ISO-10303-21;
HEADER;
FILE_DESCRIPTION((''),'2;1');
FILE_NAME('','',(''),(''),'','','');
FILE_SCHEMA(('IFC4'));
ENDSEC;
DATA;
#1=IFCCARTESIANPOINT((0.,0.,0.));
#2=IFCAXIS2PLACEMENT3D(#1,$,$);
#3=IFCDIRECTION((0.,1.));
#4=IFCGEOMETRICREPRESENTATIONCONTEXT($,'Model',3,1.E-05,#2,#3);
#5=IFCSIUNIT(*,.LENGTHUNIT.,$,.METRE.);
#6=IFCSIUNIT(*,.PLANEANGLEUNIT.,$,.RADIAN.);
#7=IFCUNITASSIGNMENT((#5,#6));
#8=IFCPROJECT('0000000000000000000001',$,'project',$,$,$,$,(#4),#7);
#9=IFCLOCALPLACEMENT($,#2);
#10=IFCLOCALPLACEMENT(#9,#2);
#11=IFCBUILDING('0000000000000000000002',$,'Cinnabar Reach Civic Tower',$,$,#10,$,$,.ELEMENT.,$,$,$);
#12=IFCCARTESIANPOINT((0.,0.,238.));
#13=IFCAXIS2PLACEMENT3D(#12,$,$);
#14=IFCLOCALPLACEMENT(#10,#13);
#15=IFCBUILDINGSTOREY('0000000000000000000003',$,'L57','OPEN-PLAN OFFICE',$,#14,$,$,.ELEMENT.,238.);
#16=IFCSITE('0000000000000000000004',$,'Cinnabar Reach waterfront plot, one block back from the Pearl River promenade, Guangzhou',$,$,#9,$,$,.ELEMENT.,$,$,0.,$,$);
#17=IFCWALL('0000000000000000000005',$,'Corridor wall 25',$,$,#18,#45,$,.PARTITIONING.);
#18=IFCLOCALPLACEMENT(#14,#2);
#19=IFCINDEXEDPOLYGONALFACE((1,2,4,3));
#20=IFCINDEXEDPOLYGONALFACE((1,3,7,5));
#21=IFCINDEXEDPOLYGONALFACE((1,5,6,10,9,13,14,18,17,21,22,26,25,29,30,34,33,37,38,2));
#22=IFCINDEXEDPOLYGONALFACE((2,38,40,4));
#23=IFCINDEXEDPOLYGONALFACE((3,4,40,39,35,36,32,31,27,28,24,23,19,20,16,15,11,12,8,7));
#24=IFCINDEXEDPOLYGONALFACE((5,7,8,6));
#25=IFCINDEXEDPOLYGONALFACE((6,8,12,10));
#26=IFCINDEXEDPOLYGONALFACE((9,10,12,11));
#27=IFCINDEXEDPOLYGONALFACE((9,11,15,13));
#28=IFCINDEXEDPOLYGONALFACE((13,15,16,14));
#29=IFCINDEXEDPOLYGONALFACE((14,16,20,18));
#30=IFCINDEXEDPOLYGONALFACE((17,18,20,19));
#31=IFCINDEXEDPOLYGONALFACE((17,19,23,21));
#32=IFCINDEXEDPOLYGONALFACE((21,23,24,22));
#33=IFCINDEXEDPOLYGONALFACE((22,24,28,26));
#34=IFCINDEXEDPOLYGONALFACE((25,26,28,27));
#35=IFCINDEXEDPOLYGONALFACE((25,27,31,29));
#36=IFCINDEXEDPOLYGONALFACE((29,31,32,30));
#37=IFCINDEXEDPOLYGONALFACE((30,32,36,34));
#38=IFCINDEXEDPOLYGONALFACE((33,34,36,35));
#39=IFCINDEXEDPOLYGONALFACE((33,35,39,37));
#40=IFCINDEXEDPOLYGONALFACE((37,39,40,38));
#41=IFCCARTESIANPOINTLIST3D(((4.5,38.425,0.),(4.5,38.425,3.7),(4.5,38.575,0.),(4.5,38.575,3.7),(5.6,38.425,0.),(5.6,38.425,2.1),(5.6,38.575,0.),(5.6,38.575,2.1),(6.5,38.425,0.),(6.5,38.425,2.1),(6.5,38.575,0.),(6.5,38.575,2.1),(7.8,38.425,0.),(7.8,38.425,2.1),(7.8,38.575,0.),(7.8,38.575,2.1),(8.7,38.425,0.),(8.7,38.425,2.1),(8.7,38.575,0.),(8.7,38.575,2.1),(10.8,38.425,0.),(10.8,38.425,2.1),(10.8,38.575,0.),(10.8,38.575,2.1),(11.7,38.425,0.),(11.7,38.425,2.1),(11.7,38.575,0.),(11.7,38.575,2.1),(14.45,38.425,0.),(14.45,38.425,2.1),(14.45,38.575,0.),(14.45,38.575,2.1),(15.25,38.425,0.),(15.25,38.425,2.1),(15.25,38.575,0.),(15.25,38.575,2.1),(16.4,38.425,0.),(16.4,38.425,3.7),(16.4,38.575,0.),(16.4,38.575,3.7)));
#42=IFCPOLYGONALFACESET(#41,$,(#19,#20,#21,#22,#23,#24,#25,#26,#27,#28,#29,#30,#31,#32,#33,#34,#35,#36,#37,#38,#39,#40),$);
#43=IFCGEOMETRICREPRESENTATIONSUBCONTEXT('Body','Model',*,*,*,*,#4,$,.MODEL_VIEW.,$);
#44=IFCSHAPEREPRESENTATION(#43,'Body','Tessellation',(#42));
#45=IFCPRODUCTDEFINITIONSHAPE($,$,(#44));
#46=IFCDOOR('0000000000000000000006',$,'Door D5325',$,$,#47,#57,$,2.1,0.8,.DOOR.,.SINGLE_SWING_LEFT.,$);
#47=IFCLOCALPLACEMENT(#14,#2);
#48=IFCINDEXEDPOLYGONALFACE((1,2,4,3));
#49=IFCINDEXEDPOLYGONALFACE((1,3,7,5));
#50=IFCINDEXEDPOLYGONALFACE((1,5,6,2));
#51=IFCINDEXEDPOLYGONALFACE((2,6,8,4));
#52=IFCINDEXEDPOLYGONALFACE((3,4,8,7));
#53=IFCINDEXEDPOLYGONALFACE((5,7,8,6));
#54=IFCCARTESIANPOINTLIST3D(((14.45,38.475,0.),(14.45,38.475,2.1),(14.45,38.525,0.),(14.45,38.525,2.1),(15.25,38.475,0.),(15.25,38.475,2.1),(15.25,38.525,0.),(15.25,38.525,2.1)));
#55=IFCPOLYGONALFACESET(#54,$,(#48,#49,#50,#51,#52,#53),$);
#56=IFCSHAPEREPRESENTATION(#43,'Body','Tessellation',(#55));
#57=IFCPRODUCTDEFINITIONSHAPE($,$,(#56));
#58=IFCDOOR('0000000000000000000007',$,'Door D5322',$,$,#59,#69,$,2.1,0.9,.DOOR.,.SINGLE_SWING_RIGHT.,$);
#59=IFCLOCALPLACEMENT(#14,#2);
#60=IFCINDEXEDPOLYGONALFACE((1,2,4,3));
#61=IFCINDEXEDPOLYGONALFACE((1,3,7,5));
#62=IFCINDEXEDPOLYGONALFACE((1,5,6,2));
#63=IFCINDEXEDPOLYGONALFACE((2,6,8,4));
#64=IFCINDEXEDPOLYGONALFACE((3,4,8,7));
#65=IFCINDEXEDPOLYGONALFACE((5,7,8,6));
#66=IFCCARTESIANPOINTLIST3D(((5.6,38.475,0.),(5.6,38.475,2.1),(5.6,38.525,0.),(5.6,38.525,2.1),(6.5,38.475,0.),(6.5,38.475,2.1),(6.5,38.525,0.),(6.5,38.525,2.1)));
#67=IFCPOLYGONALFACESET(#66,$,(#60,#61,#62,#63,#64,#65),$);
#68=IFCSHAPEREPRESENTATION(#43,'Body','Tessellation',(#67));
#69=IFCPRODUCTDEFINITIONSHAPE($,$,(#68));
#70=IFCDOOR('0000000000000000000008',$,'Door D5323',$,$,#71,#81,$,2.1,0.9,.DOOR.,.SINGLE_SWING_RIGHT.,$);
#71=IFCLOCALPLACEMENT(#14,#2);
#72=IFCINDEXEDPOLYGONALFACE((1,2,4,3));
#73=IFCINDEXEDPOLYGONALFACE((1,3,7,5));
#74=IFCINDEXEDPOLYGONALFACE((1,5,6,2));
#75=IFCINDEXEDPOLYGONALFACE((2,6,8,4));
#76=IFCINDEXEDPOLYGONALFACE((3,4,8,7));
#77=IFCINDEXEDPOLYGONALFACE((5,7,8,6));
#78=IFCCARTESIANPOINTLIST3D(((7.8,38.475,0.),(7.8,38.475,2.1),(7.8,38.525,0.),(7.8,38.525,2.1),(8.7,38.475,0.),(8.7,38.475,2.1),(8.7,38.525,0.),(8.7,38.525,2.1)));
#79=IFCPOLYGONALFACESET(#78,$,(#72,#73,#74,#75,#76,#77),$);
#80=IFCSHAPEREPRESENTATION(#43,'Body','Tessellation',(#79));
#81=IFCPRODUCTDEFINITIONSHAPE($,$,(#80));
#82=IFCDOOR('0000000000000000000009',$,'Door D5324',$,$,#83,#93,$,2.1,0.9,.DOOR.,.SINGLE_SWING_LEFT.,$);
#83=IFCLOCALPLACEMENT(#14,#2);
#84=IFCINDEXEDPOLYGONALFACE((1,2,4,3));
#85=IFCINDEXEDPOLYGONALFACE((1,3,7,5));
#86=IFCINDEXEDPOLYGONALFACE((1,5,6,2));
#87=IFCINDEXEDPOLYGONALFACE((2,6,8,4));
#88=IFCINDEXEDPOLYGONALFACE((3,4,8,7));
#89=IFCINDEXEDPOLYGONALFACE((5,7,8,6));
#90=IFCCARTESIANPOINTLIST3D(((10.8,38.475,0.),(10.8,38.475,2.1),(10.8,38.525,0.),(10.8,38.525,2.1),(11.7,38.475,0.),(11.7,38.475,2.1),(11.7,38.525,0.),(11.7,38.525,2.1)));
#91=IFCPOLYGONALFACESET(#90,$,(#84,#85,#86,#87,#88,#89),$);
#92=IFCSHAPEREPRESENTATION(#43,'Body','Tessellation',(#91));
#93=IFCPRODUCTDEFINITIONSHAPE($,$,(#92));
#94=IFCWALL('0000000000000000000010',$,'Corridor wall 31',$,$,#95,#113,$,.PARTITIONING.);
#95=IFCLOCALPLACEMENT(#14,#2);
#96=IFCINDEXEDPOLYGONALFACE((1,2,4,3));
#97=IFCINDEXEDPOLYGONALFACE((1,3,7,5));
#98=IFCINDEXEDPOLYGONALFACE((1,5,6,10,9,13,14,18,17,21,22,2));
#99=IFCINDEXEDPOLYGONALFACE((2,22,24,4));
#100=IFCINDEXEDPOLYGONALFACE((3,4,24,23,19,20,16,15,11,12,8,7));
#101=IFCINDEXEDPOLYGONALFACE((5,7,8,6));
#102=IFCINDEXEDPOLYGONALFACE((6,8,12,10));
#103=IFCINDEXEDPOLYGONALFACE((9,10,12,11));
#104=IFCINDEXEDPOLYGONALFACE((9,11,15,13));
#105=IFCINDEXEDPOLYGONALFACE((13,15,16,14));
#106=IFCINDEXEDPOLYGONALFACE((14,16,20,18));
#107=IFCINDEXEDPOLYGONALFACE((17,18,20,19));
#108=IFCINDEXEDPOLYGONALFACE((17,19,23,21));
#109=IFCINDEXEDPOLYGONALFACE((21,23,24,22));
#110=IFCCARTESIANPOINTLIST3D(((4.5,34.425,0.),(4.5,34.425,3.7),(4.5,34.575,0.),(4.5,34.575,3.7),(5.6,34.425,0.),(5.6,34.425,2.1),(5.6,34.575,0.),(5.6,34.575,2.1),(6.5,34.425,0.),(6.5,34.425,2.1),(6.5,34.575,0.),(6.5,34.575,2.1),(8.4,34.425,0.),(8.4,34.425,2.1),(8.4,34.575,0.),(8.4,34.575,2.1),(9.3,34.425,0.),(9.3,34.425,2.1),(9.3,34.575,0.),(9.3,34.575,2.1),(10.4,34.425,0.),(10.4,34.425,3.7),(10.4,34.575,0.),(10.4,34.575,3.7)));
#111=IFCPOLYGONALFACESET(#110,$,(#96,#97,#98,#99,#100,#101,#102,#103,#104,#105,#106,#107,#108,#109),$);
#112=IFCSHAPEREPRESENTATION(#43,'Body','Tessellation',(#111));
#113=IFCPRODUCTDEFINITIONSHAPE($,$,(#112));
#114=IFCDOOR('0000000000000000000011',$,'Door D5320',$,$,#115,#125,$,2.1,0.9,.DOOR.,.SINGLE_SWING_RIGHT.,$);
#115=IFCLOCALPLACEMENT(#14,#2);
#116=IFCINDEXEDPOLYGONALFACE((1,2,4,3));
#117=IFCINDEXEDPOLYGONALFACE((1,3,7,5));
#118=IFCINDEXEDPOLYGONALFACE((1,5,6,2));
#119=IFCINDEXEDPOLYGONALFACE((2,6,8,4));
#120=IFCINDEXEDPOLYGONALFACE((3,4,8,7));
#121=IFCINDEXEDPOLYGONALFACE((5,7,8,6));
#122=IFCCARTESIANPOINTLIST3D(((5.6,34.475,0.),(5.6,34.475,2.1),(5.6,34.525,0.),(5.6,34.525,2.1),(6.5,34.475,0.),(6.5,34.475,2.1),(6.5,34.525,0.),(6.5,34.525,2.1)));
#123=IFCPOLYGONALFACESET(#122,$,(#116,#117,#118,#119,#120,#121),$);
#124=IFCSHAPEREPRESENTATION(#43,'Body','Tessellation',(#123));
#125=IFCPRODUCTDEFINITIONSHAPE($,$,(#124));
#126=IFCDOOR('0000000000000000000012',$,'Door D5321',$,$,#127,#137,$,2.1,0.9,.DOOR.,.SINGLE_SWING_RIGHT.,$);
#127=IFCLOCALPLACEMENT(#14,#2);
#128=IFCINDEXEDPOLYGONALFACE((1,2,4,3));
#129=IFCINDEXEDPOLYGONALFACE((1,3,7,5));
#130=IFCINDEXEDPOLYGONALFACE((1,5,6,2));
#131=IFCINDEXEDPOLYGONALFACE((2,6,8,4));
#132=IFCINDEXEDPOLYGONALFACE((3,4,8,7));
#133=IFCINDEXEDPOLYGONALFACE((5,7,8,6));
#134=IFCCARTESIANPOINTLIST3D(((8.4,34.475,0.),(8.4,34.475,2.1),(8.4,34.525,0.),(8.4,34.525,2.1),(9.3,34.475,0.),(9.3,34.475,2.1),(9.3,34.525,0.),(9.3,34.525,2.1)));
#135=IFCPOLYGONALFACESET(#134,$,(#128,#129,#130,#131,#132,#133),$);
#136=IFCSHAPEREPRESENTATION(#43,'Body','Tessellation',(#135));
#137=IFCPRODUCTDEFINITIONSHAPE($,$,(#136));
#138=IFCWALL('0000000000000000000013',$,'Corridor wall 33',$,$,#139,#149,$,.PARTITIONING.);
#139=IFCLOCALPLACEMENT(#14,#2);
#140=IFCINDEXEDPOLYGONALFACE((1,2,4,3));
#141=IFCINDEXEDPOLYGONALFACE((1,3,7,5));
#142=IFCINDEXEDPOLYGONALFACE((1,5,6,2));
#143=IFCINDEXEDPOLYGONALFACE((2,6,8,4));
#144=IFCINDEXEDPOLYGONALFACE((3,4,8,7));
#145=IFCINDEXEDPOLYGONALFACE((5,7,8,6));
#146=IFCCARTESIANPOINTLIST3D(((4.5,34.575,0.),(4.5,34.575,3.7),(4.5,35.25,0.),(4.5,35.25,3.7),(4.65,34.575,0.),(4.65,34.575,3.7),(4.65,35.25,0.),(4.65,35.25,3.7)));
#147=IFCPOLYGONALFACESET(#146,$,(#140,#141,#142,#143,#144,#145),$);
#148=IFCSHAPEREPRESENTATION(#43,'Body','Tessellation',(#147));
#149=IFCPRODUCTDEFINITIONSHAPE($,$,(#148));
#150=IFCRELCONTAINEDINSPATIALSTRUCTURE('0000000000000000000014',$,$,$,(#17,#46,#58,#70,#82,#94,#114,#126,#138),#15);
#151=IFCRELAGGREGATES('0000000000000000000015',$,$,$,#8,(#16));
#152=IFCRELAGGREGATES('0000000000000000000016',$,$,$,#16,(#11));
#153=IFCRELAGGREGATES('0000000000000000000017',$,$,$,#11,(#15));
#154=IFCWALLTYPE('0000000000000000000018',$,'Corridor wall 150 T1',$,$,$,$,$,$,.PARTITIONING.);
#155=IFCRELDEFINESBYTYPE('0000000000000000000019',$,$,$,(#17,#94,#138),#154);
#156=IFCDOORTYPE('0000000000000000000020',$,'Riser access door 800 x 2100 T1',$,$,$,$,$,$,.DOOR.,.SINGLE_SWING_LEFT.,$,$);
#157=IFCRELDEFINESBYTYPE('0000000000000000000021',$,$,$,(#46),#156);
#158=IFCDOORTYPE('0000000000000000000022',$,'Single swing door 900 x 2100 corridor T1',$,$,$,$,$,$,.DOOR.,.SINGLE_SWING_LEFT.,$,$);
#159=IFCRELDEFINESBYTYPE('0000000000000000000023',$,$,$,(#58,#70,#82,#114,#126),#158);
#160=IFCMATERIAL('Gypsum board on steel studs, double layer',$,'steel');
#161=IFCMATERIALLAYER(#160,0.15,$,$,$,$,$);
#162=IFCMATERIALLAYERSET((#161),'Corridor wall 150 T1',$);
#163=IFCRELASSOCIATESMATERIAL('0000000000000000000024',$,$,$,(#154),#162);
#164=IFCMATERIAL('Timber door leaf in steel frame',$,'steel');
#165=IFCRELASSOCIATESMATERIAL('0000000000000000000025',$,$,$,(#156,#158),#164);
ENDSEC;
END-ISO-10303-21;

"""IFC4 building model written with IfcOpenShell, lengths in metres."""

from ifc_helpers import new_model, si_unit, direction, frame, frame_2d, origin, place, context, subcontext, project, spatial, rectangle, extrude, material, layer, layer_set, type_object, element, fill, save


model = new_model("IFC4")

# Units and contexts
model_context = context("Model", 3, precision=1e-05, world=origin(), true_north=direction((0.0, 1.0)))
body_context = subcontext(model_context, "Body", "Model", "MODEL_VIEW")
ifc_project = project(units=[si_unit("LENGTHUNIT", "METRE"), si_unit("PLANEANGLEUNIT", "RADIAN")], contexts=[model_context])

# Site, building, storey
site_placement = place(None, origin())
site = spatial("IfcSite", under=ifc_project, at=site_placement, Name="Cinnabar Reach waterfront plot, one block back from the Pearl River promenade, Guangzhou", CompositionType="ELEMENT", RefElevation=0.0)
building_placement = place(site_placement, origin())
building = spatial("IfcBuilding", under=site, at=building_placement, Name="Cinnabar Reach Civic Tower", CompositionType="ELEMENT")
storey_placement = place(building_placement, frame((0.0, 0.0, 238.0)))
storey = spatial("IfcBuildingStorey", under=building, at=storey_placement, Name="L57", Description="OPEN-PLAN OFFICE", CompositionType="ELEMENT", Elevation=238.0)

# Shared definitions
ifc_material_1 = material(Name="Timber door leaf in steel frame", Category="steel")

# Walls, openings, doors
ifc_material_2 = material(Name="Gypsum board on steel studs, double layer", Category="steel")
ifc_layer_1 = layer(ifc_material_2, 0.15)
ifc_layer_set_1 = layer_set([ifc_layer_1], Name="Corridor wall 150 T1")
wall_type_1 = type_object("IfcWallType", Name="Corridor wall 150 T1", PredefinedType="PARTITIONING", material=ifc_layer_set_1)
wall_1_placement = place(storey_placement, frame((4.5, 38.5, 0.0), z_axis=(0.0, 0.0, 1.0), x_axis=(1.0, 0.0, 0.0)))
wall_1 = element("IfcWall", 1, at=wall_1_placement, inside=storey, type_object=wall_type_1, Name="Corridor wall 25", PredefinedType="PARTITIONING", context=body_context, shape_type="SweptSolid", body=[
    extrude(rectangle(XDim=11.9, YDim=0.15, at=frame_2d((5.95, 0.0))), origin(), (0.0, 0.0, 1.0), 3.7),
])
opening_1_placement = place(wall_1_placement, frame((1.1, 0.0, 0.0)))
opening_1 = element("IfcOpeningElement", 2, at=opening_1_placement, cuts=wall_1, PredefinedType="OPENING", context=body_context, shape_type="SweptSolid", body=[
    extrude(rectangle(XDim=0.9, YDim=2.1, at=frame_2d((0.45, 1.05))), frame((0.0, 0.085, 0.0), z_axis=(0.0, -1.0, 0.0), x_axis=(1.0, 0.0, 0.0)), (0.0, 0.0, 1.0), 0.17),
])
opening_2_placement = place(wall_1_placement, frame((3.3, 0.0, 0.0)))
opening_2 = element("IfcOpeningElement", 3, at=opening_2_placement, cuts=wall_1, PredefinedType="OPENING", context=body_context, shape_type="SweptSolid", body=[
    extrude(rectangle(XDim=0.9, YDim=2.1, at=frame_2d((0.45, 1.05))), frame((0.0, 0.085, 0.0), z_axis=(0.0, -1.0, 0.0), x_axis=(1.0, 0.0, 0.0)), (0.0, 0.0, 1.0), 0.17),
])
opening_3_placement = place(wall_1_placement, frame((6.3, 0.0, 0.0)))
opening_3 = element("IfcOpeningElement", 4, at=opening_3_placement, cuts=wall_1, PredefinedType="OPENING", context=body_context, shape_type="SweptSolid", body=[
    extrude(rectangle(XDim=0.9, YDim=2.1, at=frame_2d((0.45, 1.05))), frame((0.0, 0.085, 0.0), z_axis=(0.0, -1.0, 0.0), x_axis=(1.0, 0.0, 0.0)), (0.0, 0.0, 1.0), 0.17),
])
opening_4_placement = place(wall_1_placement, frame((9.95, 0.0, 0.0)))
opening_4 = element("IfcOpeningElement", 5, at=opening_4_placement, cuts=wall_1, PredefinedType="OPENING", context=body_context, shape_type="SweptSolid", body=[
    extrude(rectangle(XDim=0.8, YDim=2.1, at=frame_2d((0.4, 1.05))), frame((0.0, 0.085, 0.0), z_axis=(0.0, -1.0, 0.0), x_axis=(1.0, 0.0, 0.0)), (0.0, 0.0, 1.0), 0.17),
])
door_type_1 = type_object("IfcDoorType", Name="Riser access door 800 x 2100 T1", OperationType="SINGLE_SWING_LEFT", PredefinedType="DOOR", material=ifc_material_1)
door_1_placement = place(opening_4_placement, origin())
door_1 = element("IfcDoor", 6, at=door_1_placement, inside=storey, type_object=door_type_1, Name="Door D5325", OperationType="SINGLE_SWING_LEFT", OverallHeight=2.1, OverallWidth=0.8, PredefinedType="DOOR", context=body_context, shape_type="SweptSolid", body=[
    extrude(rectangle(XDim=0.8, YDim=2.1, at=frame_2d((0.4, 1.05))), frame((0.0, 0.025, 0.0), z_axis=(0.0, -1.0, 0.0), x_axis=(1.0, 0.0, 0.0)), (0.0, 0.0, 1.0), 0.05),
])
fill(opening_4, door_1)
door_type_2 = type_object("IfcDoorType", Name="Single swing door 900 x 2100 corridor T1", OperationType="SINGLE_SWING_LEFT", PredefinedType="DOOR", material=ifc_material_1)
door_2_placement = place(opening_1_placement, origin())
door_2 = element("IfcDoor", 7, at=door_2_placement, inside=storey, type_object=door_type_2, Name="Door D5322", OperationType="SINGLE_SWING_RIGHT", OverallHeight=2.1, OverallWidth=0.9, PredefinedType="DOOR", context=body_context, shape_type="SweptSolid", body=[
    extrude(rectangle(XDim=0.9, YDim=2.1, at=frame_2d((0.45, 1.05))), frame((0.0, 0.025, 0.0), z_axis=(0.0, -1.0, 0.0), x_axis=(1.0, 0.0, 0.0)), (0.0, 0.0, 1.0), 0.05),
])
fill(opening_1, door_2)
door_3_placement = place(opening_2_placement, origin())
door_3 = element("IfcDoor", 8, at=door_3_placement, inside=storey, type_object=door_type_2, Name="Door D5323", OperationType="SINGLE_SWING_RIGHT", OverallHeight=2.1, OverallWidth=0.9, PredefinedType="DOOR", context=body_context, shape_type="SweptSolid", body=[
    extrude(rectangle(XDim=0.9, YDim=2.1, at=frame_2d((0.45, 1.05))), frame((0.0, 0.025, 0.0), z_axis=(0.0, -1.0, 0.0), x_axis=(1.0, 0.0, 0.0)), (0.0, 0.0, 1.0), 0.05),
])
fill(opening_2, door_3)
door_4_placement = place(opening_3_placement, origin())
door_4 = element("IfcDoor", 9, at=door_4_placement, inside=storey, type_object=door_type_2, Name="Door D5324", OperationType="SINGLE_SWING_LEFT", OverallHeight=2.1, OverallWidth=0.9, PredefinedType="DOOR", context=body_context, shape_type="SweptSolid", body=[
    extrude(rectangle(XDim=0.9, YDim=2.1, at=frame_2d((0.45, 1.05))), frame((0.0, 0.025, 0.0), z_axis=(0.0, -1.0, 0.0), x_axis=(1.0, 0.0, 0.0)), (0.0, 0.0, 1.0), 0.05),
])
fill(opening_3, door_4)
wall_2_placement = place(storey_placement, frame((4.5, 34.5, 0.0), z_axis=(0.0, 0.0, 1.0), x_axis=(1.0, 0.0, 0.0)))
wall_2 = element("IfcWall", 10, at=wall_2_placement, inside=storey, type_object=wall_type_1, Name="Corridor wall 31", PredefinedType="PARTITIONING", context=body_context, shape_type="SweptSolid", body=[
    extrude(rectangle(XDim=5.9, YDim=0.15, at=frame_2d((2.95, 0.0))), origin(), (0.0, 0.0, 1.0), 3.7),
])
opening_5_placement = place(wall_2_placement, frame((1.1, 0.0, 0.0)))
opening_5 = element("IfcOpeningElement", 11, at=opening_5_placement, cuts=wall_2, PredefinedType="OPENING", context=body_context, shape_type="SweptSolid", body=[
    extrude(rectangle(XDim=0.9, YDim=2.1, at=frame_2d((0.45, 1.05))), frame((0.0, 0.085, 0.0), z_axis=(0.0, -1.0, 0.0), x_axis=(1.0, 0.0, 0.0)), (0.0, 0.0, 1.0), 0.17),
])
opening_6_placement = place(wall_2_placement, frame((3.9, 0.0, 0.0)))
opening_6 = element("IfcOpeningElement", 12, at=opening_6_placement, cuts=wall_2, PredefinedType="OPENING", context=body_context, shape_type="SweptSolid", body=[
    extrude(rectangle(XDim=0.9, YDim=2.1, at=frame_2d((0.45, 1.05))), frame((0.0, 0.085, 0.0), z_axis=(0.0, -1.0, 0.0), x_axis=(1.0, 0.0, 0.0)), (0.0, 0.0, 1.0), 0.17),
])
door_5_placement = place(opening_5_placement, frame((0.9, 0.0, 0.0), z_axis=(0.0, 0.0, 1.0), x_axis=(-1.0, 0.0, 0.0)))
door_5 = element("IfcDoor", 13, at=door_5_placement, inside=storey, type_object=door_type_2, Name="Door D5320", OperationType="SINGLE_SWING_RIGHT", OverallHeight=2.1, OverallWidth=0.9, PredefinedType="DOOR", context=body_context, shape_type="SweptSolid", body=[
    extrude(rectangle(XDim=0.9, YDim=2.1, at=frame_2d((0.45, 1.05))), frame((0.0, 0.025, 0.0), z_axis=(0.0, -1.0, 0.0), x_axis=(1.0, 0.0, 0.0)), (0.0, 0.0, 1.0), 0.05),
])
fill(opening_5, door_5)
door_6_placement = place(opening_6_placement, frame((0.9, 0.0, 0.0), z_axis=(0.0, 0.0, 1.0), x_axis=(-1.0, 0.0, 0.0)))
door_6 = element("IfcDoor", 14, at=door_6_placement, inside=storey, type_object=door_type_2, Name="Door D5321", OperationType="SINGLE_SWING_RIGHT", OverallHeight=2.1, OverallWidth=0.9, PredefinedType="DOOR", context=body_context, shape_type="SweptSolid", body=[
    extrude(rectangle(XDim=0.9, YDim=2.1, at=frame_2d((0.45, 1.05))), frame((0.0, 0.025, 0.0), z_axis=(0.0, -1.0, 0.0), x_axis=(1.0, 0.0, 0.0)), (0.0, 0.0, 1.0), 0.05),
])
fill(opening_6, door_6)

# Wall
wall_3_placement = place(storey_placement, frame((4.575, 34.575, 0.0), z_axis=(0.0, 0.0, 1.0), x_axis=(0.0, 1.0, 0.0)))
element("IfcWall", 15, at=wall_3_placement, inside=storey, type_object=wall_type_1, Name="Corridor wall 33", PredefinedType="PARTITIONING", context=body_context, shape_type="SweptSolid", body=[
    extrude(rectangle(XDim=0.675, YDim=0.15, at=frame_2d((0.3375, 0.0))), origin(), (0.0, 0.0, 1.0), 3.7),
])

save(model, "model.ifc")
